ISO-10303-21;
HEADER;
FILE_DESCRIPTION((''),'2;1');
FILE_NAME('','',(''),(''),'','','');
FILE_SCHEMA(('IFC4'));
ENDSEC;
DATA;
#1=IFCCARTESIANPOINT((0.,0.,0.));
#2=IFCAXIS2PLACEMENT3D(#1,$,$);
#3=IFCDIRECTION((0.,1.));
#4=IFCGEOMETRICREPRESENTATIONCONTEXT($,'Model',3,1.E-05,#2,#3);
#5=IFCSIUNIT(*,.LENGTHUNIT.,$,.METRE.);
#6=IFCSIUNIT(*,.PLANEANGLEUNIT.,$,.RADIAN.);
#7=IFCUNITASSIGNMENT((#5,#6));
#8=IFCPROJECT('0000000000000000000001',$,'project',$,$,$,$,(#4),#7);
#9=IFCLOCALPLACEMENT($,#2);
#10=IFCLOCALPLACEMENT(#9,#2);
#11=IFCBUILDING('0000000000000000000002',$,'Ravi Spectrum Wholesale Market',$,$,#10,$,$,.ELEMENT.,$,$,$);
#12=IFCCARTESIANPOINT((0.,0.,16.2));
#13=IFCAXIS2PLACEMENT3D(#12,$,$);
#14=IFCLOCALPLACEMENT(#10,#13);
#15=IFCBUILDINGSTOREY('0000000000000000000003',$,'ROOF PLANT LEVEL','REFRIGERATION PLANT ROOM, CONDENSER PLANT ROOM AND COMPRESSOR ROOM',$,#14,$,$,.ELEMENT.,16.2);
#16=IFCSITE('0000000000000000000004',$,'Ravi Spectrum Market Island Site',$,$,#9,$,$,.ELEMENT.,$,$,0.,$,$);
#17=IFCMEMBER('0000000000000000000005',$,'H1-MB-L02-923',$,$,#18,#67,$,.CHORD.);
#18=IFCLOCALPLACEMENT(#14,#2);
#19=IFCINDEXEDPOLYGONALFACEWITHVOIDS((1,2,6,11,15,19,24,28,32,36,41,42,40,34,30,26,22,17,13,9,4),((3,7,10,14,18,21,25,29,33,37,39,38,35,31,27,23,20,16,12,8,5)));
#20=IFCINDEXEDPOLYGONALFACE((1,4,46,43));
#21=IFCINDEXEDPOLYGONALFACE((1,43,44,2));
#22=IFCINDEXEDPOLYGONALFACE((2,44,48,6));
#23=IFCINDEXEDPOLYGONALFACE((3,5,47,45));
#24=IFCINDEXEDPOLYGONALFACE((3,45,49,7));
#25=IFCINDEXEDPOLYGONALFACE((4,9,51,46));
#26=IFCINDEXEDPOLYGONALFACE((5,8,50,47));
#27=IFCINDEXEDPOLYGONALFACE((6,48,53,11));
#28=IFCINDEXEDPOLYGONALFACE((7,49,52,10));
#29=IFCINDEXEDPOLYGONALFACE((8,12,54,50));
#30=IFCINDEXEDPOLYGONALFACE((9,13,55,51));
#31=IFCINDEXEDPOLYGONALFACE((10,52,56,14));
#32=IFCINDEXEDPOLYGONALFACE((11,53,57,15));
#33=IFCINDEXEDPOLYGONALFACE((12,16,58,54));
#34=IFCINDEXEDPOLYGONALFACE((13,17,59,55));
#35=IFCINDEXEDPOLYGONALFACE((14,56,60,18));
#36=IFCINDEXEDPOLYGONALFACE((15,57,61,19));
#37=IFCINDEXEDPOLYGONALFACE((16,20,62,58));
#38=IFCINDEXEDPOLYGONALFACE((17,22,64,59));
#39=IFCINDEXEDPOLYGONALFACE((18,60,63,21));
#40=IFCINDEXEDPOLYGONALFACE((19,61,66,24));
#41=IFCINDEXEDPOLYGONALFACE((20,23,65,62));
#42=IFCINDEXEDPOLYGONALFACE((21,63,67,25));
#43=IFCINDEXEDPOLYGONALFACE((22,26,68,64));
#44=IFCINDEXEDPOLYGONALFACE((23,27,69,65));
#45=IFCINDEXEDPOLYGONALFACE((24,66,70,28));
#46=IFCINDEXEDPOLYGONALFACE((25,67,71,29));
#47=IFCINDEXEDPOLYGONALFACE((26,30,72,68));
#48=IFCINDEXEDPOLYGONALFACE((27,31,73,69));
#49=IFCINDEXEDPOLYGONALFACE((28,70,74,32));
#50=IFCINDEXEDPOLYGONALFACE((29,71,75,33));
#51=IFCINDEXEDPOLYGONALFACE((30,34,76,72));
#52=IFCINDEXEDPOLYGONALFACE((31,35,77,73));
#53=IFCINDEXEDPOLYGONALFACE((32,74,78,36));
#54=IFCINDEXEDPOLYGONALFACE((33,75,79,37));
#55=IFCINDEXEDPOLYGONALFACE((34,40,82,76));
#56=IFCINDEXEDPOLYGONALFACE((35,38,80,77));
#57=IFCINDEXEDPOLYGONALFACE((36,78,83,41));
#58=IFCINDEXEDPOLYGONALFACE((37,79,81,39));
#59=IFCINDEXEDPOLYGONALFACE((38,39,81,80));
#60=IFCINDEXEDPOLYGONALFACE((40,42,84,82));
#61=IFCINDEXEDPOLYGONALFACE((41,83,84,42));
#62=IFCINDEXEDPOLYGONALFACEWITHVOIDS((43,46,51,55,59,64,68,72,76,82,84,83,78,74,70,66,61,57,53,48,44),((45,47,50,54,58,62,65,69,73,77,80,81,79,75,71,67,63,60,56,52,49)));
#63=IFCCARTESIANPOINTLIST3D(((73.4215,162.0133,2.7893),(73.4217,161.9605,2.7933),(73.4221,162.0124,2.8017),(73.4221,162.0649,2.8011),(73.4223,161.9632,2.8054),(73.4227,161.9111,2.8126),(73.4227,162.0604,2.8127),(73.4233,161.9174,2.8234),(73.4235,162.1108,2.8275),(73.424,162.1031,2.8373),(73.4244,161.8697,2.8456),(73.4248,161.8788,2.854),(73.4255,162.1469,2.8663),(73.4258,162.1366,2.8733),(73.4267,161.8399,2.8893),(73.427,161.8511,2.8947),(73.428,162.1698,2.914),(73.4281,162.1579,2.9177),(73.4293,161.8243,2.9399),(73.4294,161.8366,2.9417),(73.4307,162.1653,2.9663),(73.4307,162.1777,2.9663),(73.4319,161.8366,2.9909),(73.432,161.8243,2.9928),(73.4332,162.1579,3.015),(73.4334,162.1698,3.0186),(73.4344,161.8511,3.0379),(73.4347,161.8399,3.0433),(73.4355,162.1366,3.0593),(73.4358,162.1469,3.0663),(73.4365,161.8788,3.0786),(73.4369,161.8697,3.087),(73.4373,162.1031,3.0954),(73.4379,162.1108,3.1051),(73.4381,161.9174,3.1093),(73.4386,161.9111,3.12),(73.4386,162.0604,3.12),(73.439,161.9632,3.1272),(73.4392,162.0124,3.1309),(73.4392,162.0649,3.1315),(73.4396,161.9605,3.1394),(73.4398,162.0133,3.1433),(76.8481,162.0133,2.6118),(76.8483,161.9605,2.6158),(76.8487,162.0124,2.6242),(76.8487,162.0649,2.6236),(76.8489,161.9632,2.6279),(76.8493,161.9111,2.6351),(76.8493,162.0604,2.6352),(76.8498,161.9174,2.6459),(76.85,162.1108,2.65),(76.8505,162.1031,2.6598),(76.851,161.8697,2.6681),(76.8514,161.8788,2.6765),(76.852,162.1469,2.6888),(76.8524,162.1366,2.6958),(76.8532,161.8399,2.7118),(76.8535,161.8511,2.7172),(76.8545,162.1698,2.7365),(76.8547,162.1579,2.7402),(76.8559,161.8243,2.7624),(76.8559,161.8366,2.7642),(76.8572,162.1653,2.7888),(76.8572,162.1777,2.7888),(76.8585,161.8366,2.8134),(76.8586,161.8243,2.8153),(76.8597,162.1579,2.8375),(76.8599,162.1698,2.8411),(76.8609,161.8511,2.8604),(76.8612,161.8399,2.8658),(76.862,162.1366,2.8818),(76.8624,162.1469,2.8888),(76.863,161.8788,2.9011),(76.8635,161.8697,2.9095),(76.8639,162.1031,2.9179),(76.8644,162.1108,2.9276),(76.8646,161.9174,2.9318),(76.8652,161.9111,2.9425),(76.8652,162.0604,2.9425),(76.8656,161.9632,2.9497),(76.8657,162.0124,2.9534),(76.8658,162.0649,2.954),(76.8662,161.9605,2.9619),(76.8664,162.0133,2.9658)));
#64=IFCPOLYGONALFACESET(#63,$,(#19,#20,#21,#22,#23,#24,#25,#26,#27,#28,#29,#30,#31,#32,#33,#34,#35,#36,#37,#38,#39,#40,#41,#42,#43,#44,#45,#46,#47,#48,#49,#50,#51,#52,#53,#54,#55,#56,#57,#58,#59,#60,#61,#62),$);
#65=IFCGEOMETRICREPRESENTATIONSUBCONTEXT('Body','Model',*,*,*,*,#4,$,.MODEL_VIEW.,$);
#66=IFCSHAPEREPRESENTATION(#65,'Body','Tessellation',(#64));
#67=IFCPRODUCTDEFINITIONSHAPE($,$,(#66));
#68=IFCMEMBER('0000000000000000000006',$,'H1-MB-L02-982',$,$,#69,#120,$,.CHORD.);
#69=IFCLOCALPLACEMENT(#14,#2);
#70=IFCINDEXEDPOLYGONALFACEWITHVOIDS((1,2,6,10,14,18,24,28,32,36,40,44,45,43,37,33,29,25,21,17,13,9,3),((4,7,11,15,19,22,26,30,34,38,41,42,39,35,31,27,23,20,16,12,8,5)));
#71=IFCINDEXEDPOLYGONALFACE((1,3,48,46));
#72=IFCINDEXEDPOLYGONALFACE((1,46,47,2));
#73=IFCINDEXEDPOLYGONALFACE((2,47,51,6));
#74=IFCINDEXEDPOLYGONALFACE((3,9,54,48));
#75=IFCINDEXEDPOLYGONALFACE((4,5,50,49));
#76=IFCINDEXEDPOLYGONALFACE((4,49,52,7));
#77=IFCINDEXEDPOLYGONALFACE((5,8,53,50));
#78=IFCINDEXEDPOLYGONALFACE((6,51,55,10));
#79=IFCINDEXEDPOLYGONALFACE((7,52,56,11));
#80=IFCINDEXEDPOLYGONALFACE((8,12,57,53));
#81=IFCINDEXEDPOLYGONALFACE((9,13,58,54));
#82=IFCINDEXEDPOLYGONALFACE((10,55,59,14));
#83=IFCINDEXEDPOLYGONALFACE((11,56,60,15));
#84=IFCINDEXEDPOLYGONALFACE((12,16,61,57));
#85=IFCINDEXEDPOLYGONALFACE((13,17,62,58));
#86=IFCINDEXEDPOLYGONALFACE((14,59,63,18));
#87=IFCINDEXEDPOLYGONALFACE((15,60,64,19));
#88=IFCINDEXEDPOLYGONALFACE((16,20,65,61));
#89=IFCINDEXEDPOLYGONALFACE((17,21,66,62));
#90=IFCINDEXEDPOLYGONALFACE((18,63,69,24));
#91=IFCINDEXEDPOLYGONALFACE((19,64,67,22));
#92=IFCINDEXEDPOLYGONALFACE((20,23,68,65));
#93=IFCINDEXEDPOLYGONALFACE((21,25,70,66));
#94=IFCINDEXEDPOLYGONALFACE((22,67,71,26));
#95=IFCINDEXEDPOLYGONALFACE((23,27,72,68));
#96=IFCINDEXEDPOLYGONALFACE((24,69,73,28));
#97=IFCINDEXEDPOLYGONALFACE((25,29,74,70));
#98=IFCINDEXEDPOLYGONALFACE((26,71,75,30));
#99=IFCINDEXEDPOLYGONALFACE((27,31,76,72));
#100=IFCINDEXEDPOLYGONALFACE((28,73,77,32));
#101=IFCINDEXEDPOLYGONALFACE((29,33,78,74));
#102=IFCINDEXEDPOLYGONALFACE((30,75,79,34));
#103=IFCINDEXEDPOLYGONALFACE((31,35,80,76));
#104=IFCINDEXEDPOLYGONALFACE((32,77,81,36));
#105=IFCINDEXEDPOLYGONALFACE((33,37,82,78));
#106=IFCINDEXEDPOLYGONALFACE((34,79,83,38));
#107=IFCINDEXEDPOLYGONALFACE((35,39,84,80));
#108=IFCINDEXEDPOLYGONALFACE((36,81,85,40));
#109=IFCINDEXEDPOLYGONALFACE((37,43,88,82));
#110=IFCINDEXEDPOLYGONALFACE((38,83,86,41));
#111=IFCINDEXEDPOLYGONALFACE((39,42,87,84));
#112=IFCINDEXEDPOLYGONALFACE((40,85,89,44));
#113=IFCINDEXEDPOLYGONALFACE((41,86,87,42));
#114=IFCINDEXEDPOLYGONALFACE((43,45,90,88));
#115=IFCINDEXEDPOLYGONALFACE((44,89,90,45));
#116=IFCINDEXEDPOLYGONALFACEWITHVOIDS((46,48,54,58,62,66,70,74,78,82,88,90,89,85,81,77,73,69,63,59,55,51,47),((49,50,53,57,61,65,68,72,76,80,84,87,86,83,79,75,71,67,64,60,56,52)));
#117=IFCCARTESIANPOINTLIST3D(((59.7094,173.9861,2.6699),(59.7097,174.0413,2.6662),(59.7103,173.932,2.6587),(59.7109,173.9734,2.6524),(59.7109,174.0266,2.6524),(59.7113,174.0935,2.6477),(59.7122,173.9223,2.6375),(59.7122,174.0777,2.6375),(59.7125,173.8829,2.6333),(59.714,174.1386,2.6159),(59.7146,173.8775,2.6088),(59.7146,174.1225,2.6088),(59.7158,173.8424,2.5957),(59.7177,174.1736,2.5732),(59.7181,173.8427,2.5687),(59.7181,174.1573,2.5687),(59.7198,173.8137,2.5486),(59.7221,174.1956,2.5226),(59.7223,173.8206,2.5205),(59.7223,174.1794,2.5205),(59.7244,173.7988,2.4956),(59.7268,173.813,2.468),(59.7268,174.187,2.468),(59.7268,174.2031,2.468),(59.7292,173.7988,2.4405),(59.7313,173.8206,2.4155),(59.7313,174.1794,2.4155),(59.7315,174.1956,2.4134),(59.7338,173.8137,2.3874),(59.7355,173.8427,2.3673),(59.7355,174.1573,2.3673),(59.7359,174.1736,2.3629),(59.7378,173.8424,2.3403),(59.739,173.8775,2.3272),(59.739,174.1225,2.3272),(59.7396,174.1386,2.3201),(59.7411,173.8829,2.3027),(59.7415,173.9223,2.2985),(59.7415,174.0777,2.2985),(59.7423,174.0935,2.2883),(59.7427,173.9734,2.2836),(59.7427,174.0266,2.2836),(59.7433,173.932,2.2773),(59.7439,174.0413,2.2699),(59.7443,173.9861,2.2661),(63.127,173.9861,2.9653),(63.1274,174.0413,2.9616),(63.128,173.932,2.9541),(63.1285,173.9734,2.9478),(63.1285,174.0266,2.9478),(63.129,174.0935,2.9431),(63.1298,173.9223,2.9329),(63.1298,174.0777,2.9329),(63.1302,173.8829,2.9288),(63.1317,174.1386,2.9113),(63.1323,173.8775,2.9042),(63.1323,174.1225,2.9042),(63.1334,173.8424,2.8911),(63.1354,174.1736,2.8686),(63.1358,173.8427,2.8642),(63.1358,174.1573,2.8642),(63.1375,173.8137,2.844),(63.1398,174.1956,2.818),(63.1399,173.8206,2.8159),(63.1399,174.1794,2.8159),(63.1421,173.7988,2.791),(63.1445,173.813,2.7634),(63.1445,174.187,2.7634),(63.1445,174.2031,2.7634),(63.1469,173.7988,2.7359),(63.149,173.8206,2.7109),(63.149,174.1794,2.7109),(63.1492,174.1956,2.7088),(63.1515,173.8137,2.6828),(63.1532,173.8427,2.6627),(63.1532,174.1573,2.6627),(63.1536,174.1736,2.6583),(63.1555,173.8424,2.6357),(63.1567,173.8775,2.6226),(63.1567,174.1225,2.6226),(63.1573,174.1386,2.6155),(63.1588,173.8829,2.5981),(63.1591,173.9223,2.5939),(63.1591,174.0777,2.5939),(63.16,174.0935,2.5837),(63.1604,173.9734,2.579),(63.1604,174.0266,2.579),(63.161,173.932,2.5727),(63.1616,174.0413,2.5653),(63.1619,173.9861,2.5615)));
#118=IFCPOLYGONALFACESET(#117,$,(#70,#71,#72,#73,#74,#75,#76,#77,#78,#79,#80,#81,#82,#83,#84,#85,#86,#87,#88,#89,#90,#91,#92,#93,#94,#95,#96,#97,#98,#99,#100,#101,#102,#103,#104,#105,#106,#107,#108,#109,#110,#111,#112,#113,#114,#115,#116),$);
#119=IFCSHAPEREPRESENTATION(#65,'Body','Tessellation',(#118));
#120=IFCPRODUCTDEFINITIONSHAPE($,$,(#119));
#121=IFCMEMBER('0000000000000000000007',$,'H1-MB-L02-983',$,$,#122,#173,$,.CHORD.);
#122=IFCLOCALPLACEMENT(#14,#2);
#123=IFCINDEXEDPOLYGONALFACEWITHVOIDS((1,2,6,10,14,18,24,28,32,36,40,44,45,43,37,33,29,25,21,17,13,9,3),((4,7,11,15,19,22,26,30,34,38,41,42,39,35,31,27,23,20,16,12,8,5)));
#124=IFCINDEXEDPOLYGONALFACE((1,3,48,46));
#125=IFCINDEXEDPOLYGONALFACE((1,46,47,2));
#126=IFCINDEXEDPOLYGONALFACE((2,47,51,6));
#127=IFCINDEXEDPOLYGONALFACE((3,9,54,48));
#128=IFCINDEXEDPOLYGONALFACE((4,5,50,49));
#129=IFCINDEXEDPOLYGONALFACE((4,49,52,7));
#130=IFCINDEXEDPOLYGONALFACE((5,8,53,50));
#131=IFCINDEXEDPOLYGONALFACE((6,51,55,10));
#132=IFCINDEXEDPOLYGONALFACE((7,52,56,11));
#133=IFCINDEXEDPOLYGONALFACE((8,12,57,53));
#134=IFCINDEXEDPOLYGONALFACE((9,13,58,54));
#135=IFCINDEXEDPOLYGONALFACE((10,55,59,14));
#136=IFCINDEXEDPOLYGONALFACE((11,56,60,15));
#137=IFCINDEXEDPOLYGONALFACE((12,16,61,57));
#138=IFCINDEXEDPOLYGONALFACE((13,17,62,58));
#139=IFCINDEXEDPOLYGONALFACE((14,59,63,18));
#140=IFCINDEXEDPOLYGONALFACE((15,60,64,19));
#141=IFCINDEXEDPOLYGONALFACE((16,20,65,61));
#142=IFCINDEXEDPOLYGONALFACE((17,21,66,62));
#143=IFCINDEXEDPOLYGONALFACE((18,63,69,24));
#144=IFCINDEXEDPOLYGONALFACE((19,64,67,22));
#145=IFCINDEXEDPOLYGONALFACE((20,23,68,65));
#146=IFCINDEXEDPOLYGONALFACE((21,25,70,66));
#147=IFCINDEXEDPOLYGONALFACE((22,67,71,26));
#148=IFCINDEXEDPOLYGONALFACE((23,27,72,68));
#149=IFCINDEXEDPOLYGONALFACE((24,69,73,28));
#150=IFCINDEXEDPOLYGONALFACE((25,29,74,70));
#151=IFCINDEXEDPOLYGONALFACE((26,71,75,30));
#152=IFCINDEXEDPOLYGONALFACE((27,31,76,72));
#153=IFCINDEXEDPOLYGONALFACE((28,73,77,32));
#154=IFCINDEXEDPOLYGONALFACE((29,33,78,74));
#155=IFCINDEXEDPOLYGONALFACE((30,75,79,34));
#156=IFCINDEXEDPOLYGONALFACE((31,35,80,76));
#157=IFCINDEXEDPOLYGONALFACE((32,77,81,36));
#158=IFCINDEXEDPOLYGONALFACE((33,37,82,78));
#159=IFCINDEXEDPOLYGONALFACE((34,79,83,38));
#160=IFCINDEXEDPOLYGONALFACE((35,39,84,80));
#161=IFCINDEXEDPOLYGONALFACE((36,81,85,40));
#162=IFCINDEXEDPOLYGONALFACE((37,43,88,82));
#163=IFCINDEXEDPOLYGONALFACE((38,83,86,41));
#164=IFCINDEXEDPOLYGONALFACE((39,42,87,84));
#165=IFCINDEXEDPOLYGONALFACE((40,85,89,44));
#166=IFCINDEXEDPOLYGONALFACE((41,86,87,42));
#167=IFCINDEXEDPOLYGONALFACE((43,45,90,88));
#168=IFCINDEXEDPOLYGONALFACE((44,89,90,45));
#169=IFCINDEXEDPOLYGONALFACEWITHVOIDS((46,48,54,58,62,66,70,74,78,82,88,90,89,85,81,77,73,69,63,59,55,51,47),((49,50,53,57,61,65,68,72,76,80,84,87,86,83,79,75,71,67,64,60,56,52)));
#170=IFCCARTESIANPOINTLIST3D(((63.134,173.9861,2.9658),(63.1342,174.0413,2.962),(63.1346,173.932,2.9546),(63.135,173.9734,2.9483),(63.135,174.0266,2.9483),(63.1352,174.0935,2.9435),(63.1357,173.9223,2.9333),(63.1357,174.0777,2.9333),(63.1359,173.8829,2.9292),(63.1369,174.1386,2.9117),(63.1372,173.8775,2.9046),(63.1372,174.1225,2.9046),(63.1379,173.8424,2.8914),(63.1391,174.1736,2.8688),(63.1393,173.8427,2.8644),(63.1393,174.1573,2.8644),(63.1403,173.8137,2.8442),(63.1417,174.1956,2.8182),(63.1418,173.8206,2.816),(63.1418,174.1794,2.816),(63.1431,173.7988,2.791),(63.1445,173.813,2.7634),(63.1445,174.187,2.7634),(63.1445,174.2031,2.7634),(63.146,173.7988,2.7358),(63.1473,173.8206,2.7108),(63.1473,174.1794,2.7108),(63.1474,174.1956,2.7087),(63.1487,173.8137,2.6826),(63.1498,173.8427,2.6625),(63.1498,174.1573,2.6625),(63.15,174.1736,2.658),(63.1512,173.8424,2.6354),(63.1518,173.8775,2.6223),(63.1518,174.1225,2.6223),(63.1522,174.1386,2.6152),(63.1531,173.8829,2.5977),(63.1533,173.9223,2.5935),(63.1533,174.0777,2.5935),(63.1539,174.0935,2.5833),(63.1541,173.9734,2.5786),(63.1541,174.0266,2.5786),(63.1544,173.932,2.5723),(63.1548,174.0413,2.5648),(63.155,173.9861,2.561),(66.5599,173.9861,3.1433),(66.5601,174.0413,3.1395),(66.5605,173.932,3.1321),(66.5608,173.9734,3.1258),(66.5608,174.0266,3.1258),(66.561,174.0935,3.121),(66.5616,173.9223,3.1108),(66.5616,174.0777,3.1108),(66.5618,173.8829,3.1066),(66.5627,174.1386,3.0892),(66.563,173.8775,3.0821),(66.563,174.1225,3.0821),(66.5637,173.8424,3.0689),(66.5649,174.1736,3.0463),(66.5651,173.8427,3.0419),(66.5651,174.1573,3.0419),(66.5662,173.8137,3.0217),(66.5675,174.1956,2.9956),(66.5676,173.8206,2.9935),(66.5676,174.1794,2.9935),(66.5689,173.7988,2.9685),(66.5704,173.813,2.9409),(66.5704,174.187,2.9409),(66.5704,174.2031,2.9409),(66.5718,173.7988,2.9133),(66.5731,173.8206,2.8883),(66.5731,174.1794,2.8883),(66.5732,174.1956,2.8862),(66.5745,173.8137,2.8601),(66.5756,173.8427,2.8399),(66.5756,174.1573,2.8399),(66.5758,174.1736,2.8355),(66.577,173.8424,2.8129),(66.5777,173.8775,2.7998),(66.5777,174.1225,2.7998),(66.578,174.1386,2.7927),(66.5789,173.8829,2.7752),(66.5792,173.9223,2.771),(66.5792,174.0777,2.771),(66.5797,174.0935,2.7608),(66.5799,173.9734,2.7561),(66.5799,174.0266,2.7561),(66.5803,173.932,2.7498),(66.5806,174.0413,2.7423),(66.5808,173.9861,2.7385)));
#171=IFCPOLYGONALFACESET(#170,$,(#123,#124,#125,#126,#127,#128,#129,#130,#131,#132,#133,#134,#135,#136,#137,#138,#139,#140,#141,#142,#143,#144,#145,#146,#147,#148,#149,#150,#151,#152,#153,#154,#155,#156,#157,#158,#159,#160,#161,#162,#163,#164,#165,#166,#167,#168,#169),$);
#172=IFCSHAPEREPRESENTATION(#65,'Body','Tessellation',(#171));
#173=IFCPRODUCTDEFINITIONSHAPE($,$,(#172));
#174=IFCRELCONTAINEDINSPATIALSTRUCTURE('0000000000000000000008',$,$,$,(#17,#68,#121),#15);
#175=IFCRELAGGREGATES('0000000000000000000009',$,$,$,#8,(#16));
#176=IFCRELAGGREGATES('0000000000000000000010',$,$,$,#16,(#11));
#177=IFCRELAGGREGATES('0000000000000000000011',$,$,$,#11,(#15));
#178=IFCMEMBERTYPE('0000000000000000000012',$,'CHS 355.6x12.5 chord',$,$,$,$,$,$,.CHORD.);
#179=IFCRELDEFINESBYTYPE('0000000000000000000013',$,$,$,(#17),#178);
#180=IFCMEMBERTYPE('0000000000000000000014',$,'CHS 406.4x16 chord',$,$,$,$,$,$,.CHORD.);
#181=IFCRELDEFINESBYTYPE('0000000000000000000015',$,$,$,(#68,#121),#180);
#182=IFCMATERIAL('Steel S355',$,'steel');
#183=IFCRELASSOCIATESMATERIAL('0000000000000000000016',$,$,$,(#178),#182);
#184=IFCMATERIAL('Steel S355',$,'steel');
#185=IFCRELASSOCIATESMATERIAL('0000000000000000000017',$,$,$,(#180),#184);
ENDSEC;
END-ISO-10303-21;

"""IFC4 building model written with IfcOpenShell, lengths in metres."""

from ifc_helpers import new_model, si_unit, direction, frame, origin, origin_2d, place, context, subcontext, project, spatial, hollow_circle, extrude, material, material_profile, profile_set, type_object, element, save


model = new_model("IFC4")

# Units and contexts
model_context = context("Model", 3, precision=1e-05, world=origin(), true_north=direction((0.0, 1.0)))
body_context = subcontext(model_context, "Body", "Model", "MODEL_VIEW")
ifc_project = project(units=[si_unit("LENGTHUNIT", "METRE"), si_unit("PLANEANGLEUNIT", "RADIAN")], contexts=[model_context])

# Site, building, storey
site_placement = place(None, origin())
site = spatial("IfcSite", under=ifc_project, at=site_placement, Name="Ravi Spectrum Market Island Site", CompositionType="ELEMENT", RefElevation=0.0)
building_placement = place(site_placement, origin())
building = spatial("IfcBuilding", under=site, at=building_placement, Name="Ravi Spectrum Wholesale Market", CompositionType="ELEMENT")
storey_placement = place(building_placement, frame((0.0, 0.0, 16.2)))
storey = spatial("IfcBuildingStorey", under=building, at=storey_placement, Name="ROOF PLANT LEVEL", Description="REFRIGERATION PLANT ROOM, CONDENSER PLANT ROOM AND COMPRESSOR ROOM", CompositionType="ELEMENT", Elevation=16.2)

# Members
ifc_material_1 = material(Name="Steel S355", Category="steel")
ifc_material_profile_1 = material_profile(ifc_material_1, hollow_circle(Radius=0.1777, WallThickness=0.0125, at=origin_2d()))
ifc_profile_set_1 = profile_set([ifc_material_profile_1], Name="Steel S355")
member_type_1 = type_object("IfcMemberType", Name="CHS 355.6x12.5 chord", PredefinedType="CHORD", material=ifc_profile_set_1)
for number, where, z_axis, x_axis, name in (
    (1, (73.4307, 162.0, 2.9663), (0.998661, 0.0, -0.05173), (0.0, 1.0, 0.0), "H1-MB-L02-923"),
):
    element("IfcMember", number, at=place(storey_placement, frame(where, z_axis=z_axis, x_axis=x_axis)), inside=storey, type_object=member_type_1, Name=name, PredefinedType="CHORD", context=body_context, shape_type="SweptSolid", body=[
        extrude(hollow_circle(Radius=0.1777, WallThickness=0.0125, at=origin_2d()), origin(), (0.0, 0.0, 1.0), 3.4312),
    ])
ifc_material_2 = material(Name="Steel S355", Category="steel")
ifc_material_profile_2 = material_profile(ifc_material_2, hollow_circle(Radius=0.2031, WallThickness=0.0161, at=origin_2d()))
ifc_profile_set_2 = profile_set([ifc_material_profile_2], Name="Steel S355")
member_type_2 = type_object("IfcMemberType", Name="CHS 406.4x16 chord", PredefinedType="CHORD", material=ifc_profile_set_2)
for number, where, z_axis, x_axis, name in (
    (2, (59.7268, 174.0, 2.468), (0.996285, 0.0, 0.086114), (0.0, 1.0, 0.0), "H1-MB-L02-982"),
    (3, (63.1445, 174.0, 2.7634), (0.998661, 0.0, 0.051741), (0.0, 1.0, 0.0), "H1-MB-L02-983"),
):
    element("IfcMember", number, at=place(storey_placement, frame(where, z_axis=z_axis, x_axis=x_axis)), inside=storey, type_object=member_type_2, Name=name, PredefinedType="CHORD", context=body_context, shape_type="SweptSolid", body=[
        extrude(hollow_circle(Radius=0.2031, WallThickness=0.0161, at=origin_2d()), origin(), (0.0, 0.0, 1.0), 3.4304),
    ])

save(model, "model.ifc")
